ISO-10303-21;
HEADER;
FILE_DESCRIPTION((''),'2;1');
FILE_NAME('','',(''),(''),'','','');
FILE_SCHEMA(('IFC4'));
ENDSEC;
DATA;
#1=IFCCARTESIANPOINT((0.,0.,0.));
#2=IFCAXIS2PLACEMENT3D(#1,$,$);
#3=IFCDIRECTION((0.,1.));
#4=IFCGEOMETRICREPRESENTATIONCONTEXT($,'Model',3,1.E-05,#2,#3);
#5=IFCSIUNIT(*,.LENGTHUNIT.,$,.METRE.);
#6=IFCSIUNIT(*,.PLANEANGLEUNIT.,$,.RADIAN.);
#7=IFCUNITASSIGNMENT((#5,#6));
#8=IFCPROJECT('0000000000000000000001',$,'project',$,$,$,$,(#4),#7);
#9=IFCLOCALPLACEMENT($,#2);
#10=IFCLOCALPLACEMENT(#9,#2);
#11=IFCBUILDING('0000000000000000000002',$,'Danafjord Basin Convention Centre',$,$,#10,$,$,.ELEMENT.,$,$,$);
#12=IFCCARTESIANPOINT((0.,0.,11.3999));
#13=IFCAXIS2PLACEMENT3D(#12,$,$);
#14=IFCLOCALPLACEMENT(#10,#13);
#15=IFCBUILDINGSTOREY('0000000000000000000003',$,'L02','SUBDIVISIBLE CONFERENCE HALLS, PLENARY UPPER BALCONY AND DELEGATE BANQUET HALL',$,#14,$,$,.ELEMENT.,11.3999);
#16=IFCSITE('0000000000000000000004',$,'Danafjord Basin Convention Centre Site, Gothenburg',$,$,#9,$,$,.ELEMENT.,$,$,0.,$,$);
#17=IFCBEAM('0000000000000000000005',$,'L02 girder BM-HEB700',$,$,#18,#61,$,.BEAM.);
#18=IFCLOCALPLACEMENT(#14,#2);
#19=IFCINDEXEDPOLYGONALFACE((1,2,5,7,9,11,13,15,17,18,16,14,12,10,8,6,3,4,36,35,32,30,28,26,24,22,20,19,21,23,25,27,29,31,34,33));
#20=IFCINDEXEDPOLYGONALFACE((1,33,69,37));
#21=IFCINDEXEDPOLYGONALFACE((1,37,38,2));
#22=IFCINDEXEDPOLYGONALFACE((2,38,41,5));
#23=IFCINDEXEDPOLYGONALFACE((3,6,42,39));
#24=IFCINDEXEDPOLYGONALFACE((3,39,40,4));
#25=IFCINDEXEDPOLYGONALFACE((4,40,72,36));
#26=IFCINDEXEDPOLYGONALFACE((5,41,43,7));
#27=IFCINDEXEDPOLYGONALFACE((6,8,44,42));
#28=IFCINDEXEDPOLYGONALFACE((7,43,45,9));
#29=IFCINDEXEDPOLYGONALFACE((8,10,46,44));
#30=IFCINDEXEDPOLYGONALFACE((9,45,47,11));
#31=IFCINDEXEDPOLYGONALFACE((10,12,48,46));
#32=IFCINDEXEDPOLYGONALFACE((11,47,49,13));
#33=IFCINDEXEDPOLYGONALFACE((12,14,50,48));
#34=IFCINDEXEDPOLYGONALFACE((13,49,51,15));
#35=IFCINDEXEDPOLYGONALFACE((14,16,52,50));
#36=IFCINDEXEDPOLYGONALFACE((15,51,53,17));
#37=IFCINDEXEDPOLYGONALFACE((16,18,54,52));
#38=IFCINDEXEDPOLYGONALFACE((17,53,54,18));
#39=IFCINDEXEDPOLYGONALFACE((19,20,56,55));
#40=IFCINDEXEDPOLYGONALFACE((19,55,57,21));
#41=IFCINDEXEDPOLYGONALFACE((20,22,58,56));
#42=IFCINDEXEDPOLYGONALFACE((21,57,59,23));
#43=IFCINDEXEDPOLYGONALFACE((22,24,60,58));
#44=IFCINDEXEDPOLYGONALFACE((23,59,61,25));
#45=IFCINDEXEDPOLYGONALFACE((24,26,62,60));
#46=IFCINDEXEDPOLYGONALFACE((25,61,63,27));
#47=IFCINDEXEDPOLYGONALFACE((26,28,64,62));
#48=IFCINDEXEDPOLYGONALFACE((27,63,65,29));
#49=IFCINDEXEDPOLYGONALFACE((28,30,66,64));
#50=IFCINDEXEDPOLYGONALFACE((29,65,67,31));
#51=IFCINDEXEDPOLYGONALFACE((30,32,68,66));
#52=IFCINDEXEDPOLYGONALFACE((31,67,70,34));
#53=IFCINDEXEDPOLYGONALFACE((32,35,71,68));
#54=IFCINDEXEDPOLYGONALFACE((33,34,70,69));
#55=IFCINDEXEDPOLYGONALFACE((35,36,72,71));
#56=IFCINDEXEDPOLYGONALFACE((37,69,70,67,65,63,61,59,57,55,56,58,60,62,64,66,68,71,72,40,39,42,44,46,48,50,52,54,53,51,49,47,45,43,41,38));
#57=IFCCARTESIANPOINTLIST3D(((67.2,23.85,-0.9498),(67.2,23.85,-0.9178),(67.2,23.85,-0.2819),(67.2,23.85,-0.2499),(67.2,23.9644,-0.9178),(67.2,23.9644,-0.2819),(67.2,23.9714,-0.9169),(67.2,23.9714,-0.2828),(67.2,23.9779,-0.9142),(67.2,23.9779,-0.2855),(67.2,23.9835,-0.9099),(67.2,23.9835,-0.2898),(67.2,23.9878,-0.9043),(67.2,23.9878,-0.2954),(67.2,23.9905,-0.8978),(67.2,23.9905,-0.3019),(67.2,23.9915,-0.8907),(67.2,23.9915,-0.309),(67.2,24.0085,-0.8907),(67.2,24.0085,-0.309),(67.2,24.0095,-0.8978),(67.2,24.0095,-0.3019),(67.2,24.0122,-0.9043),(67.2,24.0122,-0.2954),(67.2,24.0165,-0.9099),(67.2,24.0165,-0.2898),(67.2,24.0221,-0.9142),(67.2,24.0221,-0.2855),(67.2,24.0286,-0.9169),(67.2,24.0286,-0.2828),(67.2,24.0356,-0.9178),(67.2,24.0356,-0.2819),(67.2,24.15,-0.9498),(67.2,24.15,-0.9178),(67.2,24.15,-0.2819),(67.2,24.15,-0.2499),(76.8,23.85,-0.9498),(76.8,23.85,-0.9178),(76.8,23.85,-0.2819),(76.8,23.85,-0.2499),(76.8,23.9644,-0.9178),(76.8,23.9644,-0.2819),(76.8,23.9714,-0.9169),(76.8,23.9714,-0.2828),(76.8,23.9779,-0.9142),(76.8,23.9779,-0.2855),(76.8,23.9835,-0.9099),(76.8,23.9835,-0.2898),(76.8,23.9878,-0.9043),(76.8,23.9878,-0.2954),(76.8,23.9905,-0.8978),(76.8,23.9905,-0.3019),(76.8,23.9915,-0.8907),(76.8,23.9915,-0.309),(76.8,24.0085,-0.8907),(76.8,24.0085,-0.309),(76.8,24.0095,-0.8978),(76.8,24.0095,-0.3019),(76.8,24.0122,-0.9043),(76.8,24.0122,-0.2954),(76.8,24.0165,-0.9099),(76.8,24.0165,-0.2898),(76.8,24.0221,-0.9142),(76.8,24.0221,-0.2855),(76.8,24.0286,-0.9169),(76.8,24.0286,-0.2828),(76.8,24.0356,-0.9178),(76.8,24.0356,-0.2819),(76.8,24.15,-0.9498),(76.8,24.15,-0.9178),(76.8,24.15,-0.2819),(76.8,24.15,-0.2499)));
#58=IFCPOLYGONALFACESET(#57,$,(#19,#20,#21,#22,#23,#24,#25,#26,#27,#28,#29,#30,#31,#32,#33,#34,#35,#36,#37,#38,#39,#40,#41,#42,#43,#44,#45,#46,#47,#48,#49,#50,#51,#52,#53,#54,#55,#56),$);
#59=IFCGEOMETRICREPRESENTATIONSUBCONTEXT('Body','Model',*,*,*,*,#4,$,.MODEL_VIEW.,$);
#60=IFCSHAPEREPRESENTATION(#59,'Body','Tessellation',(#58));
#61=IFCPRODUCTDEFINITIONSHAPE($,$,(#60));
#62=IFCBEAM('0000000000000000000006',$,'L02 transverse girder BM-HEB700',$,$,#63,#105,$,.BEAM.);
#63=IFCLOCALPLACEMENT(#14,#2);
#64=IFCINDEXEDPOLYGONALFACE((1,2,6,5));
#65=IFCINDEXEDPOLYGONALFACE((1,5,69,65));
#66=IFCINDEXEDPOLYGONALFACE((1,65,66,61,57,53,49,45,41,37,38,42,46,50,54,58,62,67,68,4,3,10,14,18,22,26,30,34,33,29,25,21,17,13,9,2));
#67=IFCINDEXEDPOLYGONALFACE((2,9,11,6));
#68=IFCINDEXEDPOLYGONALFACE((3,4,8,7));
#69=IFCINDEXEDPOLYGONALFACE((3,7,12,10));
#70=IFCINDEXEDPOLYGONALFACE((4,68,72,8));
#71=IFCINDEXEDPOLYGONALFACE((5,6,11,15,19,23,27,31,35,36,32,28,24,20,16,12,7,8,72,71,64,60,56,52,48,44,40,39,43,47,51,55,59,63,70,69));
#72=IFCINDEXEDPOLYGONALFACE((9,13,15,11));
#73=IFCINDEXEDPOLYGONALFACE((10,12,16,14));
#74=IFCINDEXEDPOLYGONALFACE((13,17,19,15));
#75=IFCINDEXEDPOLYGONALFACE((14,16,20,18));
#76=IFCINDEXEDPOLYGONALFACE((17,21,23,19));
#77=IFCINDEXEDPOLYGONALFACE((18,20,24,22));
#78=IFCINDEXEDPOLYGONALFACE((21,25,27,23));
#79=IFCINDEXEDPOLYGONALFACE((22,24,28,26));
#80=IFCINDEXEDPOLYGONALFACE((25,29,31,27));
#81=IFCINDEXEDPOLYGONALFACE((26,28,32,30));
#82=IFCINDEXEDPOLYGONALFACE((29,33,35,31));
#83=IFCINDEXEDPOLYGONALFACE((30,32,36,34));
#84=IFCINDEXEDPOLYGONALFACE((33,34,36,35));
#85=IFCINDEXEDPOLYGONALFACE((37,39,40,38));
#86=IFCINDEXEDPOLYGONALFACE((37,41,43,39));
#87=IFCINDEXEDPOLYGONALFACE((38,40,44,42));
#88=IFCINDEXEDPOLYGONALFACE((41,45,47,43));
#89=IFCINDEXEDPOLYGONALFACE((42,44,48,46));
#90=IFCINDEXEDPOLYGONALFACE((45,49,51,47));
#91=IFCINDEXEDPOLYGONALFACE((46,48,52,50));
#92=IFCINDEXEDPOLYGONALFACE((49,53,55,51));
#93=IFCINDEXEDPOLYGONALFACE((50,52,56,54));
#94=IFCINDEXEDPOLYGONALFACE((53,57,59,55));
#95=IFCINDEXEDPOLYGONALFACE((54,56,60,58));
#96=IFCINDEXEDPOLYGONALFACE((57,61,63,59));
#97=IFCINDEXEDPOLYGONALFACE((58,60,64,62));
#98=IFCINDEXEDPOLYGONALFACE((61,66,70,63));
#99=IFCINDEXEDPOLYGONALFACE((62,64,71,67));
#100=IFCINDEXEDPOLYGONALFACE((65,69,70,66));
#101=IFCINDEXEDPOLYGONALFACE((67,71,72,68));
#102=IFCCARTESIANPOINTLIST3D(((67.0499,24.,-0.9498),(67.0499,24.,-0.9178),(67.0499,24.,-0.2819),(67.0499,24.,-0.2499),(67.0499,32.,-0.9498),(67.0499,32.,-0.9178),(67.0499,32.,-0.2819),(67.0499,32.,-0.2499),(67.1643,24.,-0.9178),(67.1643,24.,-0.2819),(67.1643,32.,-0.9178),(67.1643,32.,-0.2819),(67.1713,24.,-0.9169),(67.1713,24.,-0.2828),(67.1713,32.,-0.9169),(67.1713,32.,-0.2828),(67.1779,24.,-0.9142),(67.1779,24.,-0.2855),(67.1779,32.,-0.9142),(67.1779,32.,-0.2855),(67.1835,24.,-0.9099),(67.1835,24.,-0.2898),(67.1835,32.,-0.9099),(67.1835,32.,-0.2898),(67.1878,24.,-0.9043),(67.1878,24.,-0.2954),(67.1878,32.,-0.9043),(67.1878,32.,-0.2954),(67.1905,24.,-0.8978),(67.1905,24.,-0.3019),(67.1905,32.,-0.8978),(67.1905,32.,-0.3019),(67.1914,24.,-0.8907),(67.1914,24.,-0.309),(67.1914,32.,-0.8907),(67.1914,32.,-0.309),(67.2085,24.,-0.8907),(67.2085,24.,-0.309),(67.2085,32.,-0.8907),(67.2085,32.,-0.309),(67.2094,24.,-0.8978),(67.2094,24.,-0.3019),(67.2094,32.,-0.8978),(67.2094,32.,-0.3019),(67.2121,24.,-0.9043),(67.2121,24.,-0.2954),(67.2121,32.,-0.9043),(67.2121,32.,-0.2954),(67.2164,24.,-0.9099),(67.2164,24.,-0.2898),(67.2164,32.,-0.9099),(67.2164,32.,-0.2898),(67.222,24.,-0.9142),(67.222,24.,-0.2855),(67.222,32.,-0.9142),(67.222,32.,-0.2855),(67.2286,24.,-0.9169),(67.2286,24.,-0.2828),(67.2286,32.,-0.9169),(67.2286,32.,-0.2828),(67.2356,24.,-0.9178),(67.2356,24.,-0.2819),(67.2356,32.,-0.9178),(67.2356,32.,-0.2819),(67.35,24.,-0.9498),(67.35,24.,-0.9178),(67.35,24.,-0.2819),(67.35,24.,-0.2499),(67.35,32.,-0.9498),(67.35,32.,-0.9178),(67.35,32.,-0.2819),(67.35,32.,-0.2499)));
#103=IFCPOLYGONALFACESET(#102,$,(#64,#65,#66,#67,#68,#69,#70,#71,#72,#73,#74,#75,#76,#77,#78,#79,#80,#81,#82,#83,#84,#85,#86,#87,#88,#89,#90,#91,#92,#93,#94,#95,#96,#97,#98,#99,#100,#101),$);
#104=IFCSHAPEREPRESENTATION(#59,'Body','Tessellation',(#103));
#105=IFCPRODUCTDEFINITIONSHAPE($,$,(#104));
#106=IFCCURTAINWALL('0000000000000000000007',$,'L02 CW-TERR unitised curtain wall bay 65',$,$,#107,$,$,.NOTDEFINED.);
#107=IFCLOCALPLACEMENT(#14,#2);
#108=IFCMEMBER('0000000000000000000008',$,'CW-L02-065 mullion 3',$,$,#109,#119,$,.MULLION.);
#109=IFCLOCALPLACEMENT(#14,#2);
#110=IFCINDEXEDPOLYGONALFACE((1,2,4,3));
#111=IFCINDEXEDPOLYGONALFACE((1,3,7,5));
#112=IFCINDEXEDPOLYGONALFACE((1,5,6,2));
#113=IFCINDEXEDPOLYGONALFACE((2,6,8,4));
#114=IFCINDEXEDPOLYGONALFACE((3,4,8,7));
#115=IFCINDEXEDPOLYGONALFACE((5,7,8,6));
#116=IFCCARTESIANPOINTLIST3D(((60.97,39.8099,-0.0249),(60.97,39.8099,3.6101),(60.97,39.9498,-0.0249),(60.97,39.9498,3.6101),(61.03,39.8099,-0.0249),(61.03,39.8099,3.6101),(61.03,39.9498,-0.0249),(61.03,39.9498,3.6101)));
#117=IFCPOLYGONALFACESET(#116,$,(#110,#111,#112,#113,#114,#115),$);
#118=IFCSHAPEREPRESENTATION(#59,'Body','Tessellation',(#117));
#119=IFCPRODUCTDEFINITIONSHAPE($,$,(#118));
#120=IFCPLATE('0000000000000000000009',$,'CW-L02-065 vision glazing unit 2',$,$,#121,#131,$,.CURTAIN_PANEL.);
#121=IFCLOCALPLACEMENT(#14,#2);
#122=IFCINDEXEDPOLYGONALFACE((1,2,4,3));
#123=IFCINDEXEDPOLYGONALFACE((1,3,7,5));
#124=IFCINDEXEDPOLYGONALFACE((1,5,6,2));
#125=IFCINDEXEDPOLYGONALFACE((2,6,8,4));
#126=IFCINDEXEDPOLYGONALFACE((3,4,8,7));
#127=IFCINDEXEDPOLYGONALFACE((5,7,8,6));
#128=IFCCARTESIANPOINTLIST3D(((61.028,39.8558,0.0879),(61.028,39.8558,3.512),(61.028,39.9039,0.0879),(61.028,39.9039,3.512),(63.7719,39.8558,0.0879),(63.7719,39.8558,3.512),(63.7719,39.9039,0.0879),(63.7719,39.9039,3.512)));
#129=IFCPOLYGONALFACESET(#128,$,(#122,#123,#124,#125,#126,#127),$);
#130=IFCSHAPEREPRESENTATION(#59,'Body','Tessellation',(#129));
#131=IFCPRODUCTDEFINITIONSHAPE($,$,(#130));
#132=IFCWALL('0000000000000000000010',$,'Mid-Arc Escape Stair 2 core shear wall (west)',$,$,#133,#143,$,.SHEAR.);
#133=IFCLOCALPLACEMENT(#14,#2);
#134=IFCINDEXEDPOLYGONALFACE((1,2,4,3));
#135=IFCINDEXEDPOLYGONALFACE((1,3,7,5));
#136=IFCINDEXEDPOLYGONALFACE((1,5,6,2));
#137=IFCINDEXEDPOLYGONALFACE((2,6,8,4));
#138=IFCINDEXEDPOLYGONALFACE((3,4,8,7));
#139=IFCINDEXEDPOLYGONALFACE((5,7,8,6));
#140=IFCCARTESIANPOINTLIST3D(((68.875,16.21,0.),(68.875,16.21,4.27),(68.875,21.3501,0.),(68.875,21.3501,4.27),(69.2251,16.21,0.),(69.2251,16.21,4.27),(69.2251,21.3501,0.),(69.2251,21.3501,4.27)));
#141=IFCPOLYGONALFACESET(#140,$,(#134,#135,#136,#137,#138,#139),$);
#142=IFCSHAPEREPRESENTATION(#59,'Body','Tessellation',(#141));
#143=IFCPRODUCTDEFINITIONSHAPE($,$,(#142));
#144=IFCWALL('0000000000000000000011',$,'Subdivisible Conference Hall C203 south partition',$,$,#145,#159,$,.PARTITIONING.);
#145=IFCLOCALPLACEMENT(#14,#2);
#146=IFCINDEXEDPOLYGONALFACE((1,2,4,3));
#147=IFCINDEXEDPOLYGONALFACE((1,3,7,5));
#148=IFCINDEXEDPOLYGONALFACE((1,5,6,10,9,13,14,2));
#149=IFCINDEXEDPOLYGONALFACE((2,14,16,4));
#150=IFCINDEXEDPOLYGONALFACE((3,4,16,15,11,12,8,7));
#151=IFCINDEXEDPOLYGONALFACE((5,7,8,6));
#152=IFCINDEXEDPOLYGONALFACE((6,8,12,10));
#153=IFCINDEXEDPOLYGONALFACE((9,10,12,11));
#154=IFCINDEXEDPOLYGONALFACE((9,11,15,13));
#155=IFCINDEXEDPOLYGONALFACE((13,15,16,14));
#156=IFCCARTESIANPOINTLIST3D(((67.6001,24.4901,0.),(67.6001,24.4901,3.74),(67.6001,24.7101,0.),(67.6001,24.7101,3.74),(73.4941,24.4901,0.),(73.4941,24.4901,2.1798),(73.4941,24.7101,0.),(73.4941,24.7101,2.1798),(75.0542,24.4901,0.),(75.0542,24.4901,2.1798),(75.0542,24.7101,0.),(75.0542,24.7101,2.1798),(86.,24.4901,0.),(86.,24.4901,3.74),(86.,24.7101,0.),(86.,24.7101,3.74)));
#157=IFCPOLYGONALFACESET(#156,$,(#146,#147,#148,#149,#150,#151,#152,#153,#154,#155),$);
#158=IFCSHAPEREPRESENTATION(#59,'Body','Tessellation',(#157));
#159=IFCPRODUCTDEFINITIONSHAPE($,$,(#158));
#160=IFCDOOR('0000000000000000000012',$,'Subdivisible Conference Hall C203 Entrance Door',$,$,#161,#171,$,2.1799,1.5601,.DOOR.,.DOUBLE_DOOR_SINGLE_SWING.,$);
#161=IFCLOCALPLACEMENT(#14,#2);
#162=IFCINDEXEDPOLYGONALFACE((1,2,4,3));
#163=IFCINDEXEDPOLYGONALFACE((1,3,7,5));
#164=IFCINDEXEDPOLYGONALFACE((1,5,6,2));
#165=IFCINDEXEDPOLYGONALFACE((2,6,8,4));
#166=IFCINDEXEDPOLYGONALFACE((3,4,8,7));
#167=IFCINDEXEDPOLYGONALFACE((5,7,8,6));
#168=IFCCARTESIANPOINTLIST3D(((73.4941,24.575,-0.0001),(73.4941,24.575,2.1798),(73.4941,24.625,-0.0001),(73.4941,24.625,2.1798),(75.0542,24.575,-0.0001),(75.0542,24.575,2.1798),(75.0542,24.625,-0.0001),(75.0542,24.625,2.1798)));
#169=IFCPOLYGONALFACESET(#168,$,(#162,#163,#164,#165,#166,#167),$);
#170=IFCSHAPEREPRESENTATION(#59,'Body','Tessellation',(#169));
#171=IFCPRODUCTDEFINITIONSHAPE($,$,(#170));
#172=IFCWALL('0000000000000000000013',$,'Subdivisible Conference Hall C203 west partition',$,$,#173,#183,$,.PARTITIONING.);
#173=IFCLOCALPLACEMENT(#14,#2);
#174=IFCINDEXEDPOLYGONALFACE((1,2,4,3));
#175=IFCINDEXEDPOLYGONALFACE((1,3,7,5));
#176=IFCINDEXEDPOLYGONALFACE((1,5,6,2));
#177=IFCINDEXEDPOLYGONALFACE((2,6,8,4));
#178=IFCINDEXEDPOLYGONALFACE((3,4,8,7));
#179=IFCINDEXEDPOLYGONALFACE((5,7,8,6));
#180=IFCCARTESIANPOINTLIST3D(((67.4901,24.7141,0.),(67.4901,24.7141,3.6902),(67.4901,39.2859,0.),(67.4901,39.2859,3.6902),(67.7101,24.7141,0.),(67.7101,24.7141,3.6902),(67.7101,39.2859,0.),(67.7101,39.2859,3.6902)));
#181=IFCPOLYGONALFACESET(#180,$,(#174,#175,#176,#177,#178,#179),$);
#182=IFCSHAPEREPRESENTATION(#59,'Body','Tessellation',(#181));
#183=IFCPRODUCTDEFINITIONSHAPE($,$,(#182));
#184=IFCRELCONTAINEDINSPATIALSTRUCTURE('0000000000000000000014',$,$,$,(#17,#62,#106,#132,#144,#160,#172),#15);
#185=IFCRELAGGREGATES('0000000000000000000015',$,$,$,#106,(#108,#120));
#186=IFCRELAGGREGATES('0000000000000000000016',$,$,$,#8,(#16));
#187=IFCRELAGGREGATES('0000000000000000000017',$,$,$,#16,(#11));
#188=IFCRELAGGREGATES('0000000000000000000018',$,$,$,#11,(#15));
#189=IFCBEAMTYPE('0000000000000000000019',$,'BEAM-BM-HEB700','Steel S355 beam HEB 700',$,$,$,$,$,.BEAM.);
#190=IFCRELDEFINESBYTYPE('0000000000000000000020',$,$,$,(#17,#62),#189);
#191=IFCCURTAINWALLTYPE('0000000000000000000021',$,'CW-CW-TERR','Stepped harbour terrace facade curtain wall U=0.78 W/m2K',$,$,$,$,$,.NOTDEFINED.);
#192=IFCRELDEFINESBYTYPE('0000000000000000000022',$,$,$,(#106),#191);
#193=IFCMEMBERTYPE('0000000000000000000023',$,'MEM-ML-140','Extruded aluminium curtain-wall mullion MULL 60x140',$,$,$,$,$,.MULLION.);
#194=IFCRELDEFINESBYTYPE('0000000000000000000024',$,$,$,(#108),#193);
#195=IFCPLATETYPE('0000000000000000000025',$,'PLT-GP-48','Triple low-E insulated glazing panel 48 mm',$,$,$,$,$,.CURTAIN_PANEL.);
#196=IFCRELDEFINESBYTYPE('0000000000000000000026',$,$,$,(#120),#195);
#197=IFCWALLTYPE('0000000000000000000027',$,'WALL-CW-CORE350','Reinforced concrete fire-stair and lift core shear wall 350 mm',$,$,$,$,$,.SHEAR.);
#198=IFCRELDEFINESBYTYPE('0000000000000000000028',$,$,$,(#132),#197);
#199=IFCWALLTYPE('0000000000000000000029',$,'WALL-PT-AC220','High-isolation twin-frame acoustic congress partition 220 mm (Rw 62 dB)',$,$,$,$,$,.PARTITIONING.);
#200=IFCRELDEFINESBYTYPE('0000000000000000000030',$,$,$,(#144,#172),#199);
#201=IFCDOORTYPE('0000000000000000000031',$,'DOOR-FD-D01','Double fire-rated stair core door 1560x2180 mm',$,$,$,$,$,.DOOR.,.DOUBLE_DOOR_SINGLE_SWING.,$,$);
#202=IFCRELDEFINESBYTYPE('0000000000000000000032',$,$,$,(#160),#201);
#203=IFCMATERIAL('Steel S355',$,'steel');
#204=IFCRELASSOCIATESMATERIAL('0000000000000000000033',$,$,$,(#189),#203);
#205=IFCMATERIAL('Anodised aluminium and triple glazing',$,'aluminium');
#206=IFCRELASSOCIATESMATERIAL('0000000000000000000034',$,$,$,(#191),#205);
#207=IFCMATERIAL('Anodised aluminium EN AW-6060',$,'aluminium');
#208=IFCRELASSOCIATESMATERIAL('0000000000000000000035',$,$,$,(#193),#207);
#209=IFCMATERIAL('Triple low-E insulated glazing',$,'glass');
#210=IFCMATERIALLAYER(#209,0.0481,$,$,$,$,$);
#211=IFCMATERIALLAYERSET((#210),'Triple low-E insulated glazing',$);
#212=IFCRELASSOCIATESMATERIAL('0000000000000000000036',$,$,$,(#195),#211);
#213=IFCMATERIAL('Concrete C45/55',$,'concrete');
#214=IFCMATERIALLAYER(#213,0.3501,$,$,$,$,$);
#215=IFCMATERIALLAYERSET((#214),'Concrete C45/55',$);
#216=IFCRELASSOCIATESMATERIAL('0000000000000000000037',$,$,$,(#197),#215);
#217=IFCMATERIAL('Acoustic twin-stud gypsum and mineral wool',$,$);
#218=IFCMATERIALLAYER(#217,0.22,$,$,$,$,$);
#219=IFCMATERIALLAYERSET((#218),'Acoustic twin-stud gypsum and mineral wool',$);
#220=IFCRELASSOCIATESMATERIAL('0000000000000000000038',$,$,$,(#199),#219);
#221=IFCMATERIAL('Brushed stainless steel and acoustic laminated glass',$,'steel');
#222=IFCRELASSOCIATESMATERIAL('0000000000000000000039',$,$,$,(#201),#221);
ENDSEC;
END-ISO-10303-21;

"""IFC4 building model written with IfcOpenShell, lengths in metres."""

from ifc_helpers import new_model, si_unit, direction, frame, frame_2d, origin, origin_2d, place, context, subcontext, project, spatial, rectangle, i_section, extrude, material, layer, layer_set, material_profile, profile_set, type_object, element, fill, aggregate, save


model = new_model("IFC4")

# Units and contexts
model_context = context("Model", 3, precision=1e-05, world=origin(), true_north=direction((0.0, 1.0)))
body_context = subcontext(model_context, "Body", "Model", "MODEL_VIEW")
ifc_project = project(units=[si_unit("LENGTHUNIT", "METRE"), si_unit("PLANEANGLEUNIT", "RADIAN")], contexts=[model_context])

# Site, building, storey
site_placement = place(None, origin())
site = spatial("IfcSite", under=ifc_project, at=site_placement, Name="Danafjord Basin Convention Centre Site, Gothenburg", CompositionType="ELEMENT", RefElevation=0.0)
building_placement = place(site_placement, origin())
building = spatial("IfcBuilding", under=site, at=building_placement, Name="Danafjord Basin Convention Centre", CompositionType="ELEMENT")
storey_placement = place(building_placement, frame((0.0, 0.0, 11.3999)))
storey = spatial("IfcBuildingStorey", under=building, at=storey_placement, Name="L02", Description="SUBDIVISIBLE CONFERENCE HALLS, PLENARY UPPER BALCONY AND DELEGATE BANQUET HALL", CompositionType="ELEMENT", Elevation=11.3999)

# Shared definitions
ifc_material_1 = material(Name="Steel S355", Category="steel")

# Beams
ifc_material_profile_1 = material_profile(ifc_material_1, i_section(OverallWidth=0.3, OverallDepth=0.7, WebThickness=0.0171, FlangeThickness=0.032, FilletRadius=0.0271, at=origin_2d()), Name="HEB 700")
ifc_profile_set_1 = profile_set([ifc_material_profile_1], Name="Steel S355")
beam_type_1 = type_object("IfcBeamType", Name="BEAM-BM-HEB700", Description="Steel S355 beam HEB 700", PredefinedType="BEAM", material=ifc_profile_set_1)
beam_1_placement = place(storey_placement, frame((67.2, 24.0, -0.5999), z_axis=(1.0, 0.0, 0.0), x_axis=(0.0, 1.0, 0.0)))
element("IfcBeam", 1, at=beam_1_placement, inside=storey, type_object=beam_type_1, Name="L02 girder BM-HEB700", PredefinedType="BEAM", context=body_context, shape_type="SweptSolid", body=[
    extrude(i_section(OverallWidth=0.3, OverallDepth=0.7, WebThickness=0.0171, FlangeThickness=0.032, FilletRadius=0.0271, at=origin_2d()), origin(), (0.0, 0.0, 1.0), 9.6001),
])
beam_2_placement = place(storey_placement, frame((67.2, 24.0, -0.5999), z_axis=(0.0, 1.0, 0.0), x_axis=(-1.0, 0.0, 0.0)))
element("IfcBeam", 2, at=beam_2_placement, inside=storey, type_object=beam_type_1, Name="L02 transverse girder BM-HEB700", PredefinedType="BEAM", context=body_context, shape_type="SweptSolid", body=[
    extrude(i_section(OverallWidth=0.3, OverallDepth=0.7, WebThickness=0.0171, FlangeThickness=0.032, FilletRadius=0.0271, at=origin_2d()), origin(), (0.0, 0.0, 1.0), 8.0),
])

# Curtain wall, member, plate
ifc_material_2 = material(Name="Anodised aluminium and triple glazing", Category="aluminium")
curtain_wall_type = type_object("IfcCurtainWallType", Name="CW-CW-TERR", Description="Stepped harbour terrace facade curtain wall U=0.78 W/m2K", PredefinedType="NOTDEFINED", material=ifc_material_2)
curtain_wall_placement = place(storey_placement, origin())
curtain_wall = element("IfcCurtainWall", 3, at=curtain_wall_placement, inside=storey, type_object=curtain_wall_type, Name="L02 CW-TERR unitised curtain wall bay 65", PredefinedType="NOTDEFINED")
ifc_material_3 = material(Name="Anodised aluminium EN AW-6060", Category="aluminium")
ifc_material_profile_2 = material_profile(ifc_material_3, rectangle(XDim=0.0601, YDim=0.1399, at=origin_2d()), Name="MULL 60x140")
ifc_profile_set_2 = profile_set([ifc_material_profile_2], Name="Anodised aluminium EN AW-6060")
member_type = type_object("IfcMemberType", Name="MEM-ML-140", Description="Extruded aluminium curtain-wall mullion MULL 60x140", PredefinedType="MULLION", material=ifc_profile_set_2)
member_placement = place(storey_placement, frame((61.0, 39.8799, -0.0249), z_axis=(0.0, 0.0, 1.0), x_axis=(-1.0, 0.0, 0.0)))
member = element("IfcMember", 4, at=member_placement, type_object=member_type, Name="CW-L02-065 mullion 3", PredefinedType="MULLION", context=body_context, shape_type="SweptSolid", body=[
    extrude(rectangle(XDim=0.0601, YDim=0.1399, at=origin_2d()), origin(), (0.0, 0.0, 1.0), 3.635),
])
ifc_material_4 = material(Name="Triple low-E insulated glazing", Category="glass")
ifc_layer_1 = layer(ifc_material_4, 0.0481)
ifc_layer_set_1 = layer_set([ifc_layer_1], Name="Triple low-E insulated glazing")
plate_type = type_object("IfcPlateType", Name="PLT-GP-48", Description="Triple low-E insulated glazing panel 48 mm", PredefinedType="CURTAIN_PANEL", material=ifc_layer_set_1)
plate_placement = place(storey_placement, frame((62.3999, 39.8799, 0.0879), z_axis=(0.0, 0.0, 1.0), x_axis=(-1.0, 0.0, 0.0)))
plate = element("IfcPlate", 5, at=plate_placement, type_object=plate_type, Name="CW-L02-065 vision glazing unit 2", PredefinedType="CURTAIN_PANEL", context=body_context, shape_type="SweptSolid", body=[
    extrude(rectangle(XDim=2.7439, YDim=0.0481, at=origin_2d()), origin(), (0.0, 0.0, 1.0), 3.4241),
])
aggregate(curtain_wall, [member, plate])

# Wall
ifc_material_5 = material(Name="Concrete C45/55", Category="concrete")
ifc_layer_2 = layer(ifc_material_5, 0.3501)
ifc_layer_set_2 = layer_set([ifc_layer_2], Name="Concrete C45/55")
wall_type_1 = type_object("IfcWallType", Name="WALL-CW-CORE350", Description="Reinforced concrete fire-stair and lift core shear wall 350 mm", PredefinedType="SHEAR", material=ifc_layer_set_2)
wall_1_placement = place(storey_placement, frame((69.05, 21.3501, 0.0), z_axis=(0.0, 0.0, 1.0), x_axis=(0.0, -1.0, 0.0)))
element("IfcWall", 6, at=wall_1_placement, inside=storey, type_object=wall_type_1, Name="Mid-Arc Escape Stair 2 core shear wall (west)", PredefinedType="SHEAR", context=body_context, shape_type="SweptSolid", body=[
    extrude(rectangle(XDim=5.1401, YDim=0.3501, at=frame_2d((2.5701, 0.0))), origin(), (0.0, 0.0, 1.0), 4.27),
])

# Wall, opening, door
ifc_material_6 = material(Name="Acoustic twin-stud gypsum and mineral wool")
ifc_layer_3 = layer(ifc_material_6, 0.22)
ifc_layer_set_3 = layer_set([ifc_layer_3], Name="Acoustic twin-stud gypsum and mineral wool")
wall_type_2 = type_object("IfcWallType", Name="WALL-PT-AC220", Description="High-isolation twin-frame acoustic congress partition 220 mm (Rw 62 dB)", PredefinedType="PARTITIONING", material=ifc_layer_set_3)
wall_2_placement = place(storey_placement, frame((67.6001, 24.6001, 0.0), z_axis=(0.0, 0.0, 1.0), x_axis=(1.0, 0.0, 0.0)))
wall_2 = element("IfcWall", 7, at=wall_2_placement, inside=storey, type_object=wall_type_2, Name="Subdivisible Conference Hall C203 south partition", PredefinedType="PARTITIONING", context=body_context, shape_type="SweptSolid", body=[
    extrude(rectangle(XDim=18.3999, YDim=0.22, at=frame_2d((9.2, 0.0))), origin(), (0.0, 0.0, 1.0), 3.74),
])
opening_1_placement = place(wall_2_placement, frame((5.894, 0.0, 0.0)))
opening_1 = element("IfcOpeningElement", 8, at=opening_1_placement, cuts=wall_2, PredefinedType="OPENING", context=body_context, shape_type="SweptSolid", body=[
    extrude(rectangle(XDim=1.5601, YDim=2.1799, at=frame_2d((0.78, 1.0898))), frame((0.0, 0.1199, 0.0), z_axis=(0.0, -1.0, 0.0), x_axis=(1.0, 0.0, 0.0)), (0.0, 0.0, 1.0), 0.24),
])
ifc_material_7 = material(Name="Brushed stainless steel and acoustic laminated glass", Category="steel")
door_type_1 = type_object("IfcDoorType", Name="DOOR-FD-D01", Description="Double fire-rated stair core door 1560x2180 mm", OperationType="DOUBLE_DOOR_SINGLE_SWING", PredefinedType="DOOR", material=ifc_material_7)
door_1_placement = place(opening_1_placement, origin())
door_1 = element("IfcDoor", 9, at=door_1_placement, inside=storey, type_object=door_type_1, Name="Subdivisible Conference Hall C203 Entrance Door", OperationType="DOUBLE_DOOR_SINGLE_SWING", OverallHeight=2.1799, OverallWidth=1.5601, PredefinedType="DOOR", context=body_context, shape_type="SweptSolid", body=[
    extrude(rectangle(XDim=1.5601, YDim=2.1799, at=frame_2d((0.78, 1.0898))), frame((0.0, 0.0249, 0.0), z_axis=(0.0, -1.0, 0.0), x_axis=(1.0, 0.0, 0.0)), (0.0, 0.0, 1.0), 0.05),
])
fill(opening_1, door_1)

# Wall
wall_3_placement = place(storey_placement, frame((67.6001, 39.2859, 0.0), z_axis=(0.0, 0.0, 1.0), x_axis=(0.0, -1.0, 0.0)))
element("IfcWall", 10, at=wall_3_placement, inside=storey, type_object=wall_type_2, Name="Subdivisible Conference Hall C203 west partition", PredefinedType="PARTITIONING", context=body_context, shape_type="SweptSolid", body=[
    extrude(rectangle(XDim=14.5718, YDim=0.22, at=frame_2d((7.2859, 0.0))), origin(), (0.0, 0.0, 1.0), 3.6902),
])

save(model, "model.ifc")
